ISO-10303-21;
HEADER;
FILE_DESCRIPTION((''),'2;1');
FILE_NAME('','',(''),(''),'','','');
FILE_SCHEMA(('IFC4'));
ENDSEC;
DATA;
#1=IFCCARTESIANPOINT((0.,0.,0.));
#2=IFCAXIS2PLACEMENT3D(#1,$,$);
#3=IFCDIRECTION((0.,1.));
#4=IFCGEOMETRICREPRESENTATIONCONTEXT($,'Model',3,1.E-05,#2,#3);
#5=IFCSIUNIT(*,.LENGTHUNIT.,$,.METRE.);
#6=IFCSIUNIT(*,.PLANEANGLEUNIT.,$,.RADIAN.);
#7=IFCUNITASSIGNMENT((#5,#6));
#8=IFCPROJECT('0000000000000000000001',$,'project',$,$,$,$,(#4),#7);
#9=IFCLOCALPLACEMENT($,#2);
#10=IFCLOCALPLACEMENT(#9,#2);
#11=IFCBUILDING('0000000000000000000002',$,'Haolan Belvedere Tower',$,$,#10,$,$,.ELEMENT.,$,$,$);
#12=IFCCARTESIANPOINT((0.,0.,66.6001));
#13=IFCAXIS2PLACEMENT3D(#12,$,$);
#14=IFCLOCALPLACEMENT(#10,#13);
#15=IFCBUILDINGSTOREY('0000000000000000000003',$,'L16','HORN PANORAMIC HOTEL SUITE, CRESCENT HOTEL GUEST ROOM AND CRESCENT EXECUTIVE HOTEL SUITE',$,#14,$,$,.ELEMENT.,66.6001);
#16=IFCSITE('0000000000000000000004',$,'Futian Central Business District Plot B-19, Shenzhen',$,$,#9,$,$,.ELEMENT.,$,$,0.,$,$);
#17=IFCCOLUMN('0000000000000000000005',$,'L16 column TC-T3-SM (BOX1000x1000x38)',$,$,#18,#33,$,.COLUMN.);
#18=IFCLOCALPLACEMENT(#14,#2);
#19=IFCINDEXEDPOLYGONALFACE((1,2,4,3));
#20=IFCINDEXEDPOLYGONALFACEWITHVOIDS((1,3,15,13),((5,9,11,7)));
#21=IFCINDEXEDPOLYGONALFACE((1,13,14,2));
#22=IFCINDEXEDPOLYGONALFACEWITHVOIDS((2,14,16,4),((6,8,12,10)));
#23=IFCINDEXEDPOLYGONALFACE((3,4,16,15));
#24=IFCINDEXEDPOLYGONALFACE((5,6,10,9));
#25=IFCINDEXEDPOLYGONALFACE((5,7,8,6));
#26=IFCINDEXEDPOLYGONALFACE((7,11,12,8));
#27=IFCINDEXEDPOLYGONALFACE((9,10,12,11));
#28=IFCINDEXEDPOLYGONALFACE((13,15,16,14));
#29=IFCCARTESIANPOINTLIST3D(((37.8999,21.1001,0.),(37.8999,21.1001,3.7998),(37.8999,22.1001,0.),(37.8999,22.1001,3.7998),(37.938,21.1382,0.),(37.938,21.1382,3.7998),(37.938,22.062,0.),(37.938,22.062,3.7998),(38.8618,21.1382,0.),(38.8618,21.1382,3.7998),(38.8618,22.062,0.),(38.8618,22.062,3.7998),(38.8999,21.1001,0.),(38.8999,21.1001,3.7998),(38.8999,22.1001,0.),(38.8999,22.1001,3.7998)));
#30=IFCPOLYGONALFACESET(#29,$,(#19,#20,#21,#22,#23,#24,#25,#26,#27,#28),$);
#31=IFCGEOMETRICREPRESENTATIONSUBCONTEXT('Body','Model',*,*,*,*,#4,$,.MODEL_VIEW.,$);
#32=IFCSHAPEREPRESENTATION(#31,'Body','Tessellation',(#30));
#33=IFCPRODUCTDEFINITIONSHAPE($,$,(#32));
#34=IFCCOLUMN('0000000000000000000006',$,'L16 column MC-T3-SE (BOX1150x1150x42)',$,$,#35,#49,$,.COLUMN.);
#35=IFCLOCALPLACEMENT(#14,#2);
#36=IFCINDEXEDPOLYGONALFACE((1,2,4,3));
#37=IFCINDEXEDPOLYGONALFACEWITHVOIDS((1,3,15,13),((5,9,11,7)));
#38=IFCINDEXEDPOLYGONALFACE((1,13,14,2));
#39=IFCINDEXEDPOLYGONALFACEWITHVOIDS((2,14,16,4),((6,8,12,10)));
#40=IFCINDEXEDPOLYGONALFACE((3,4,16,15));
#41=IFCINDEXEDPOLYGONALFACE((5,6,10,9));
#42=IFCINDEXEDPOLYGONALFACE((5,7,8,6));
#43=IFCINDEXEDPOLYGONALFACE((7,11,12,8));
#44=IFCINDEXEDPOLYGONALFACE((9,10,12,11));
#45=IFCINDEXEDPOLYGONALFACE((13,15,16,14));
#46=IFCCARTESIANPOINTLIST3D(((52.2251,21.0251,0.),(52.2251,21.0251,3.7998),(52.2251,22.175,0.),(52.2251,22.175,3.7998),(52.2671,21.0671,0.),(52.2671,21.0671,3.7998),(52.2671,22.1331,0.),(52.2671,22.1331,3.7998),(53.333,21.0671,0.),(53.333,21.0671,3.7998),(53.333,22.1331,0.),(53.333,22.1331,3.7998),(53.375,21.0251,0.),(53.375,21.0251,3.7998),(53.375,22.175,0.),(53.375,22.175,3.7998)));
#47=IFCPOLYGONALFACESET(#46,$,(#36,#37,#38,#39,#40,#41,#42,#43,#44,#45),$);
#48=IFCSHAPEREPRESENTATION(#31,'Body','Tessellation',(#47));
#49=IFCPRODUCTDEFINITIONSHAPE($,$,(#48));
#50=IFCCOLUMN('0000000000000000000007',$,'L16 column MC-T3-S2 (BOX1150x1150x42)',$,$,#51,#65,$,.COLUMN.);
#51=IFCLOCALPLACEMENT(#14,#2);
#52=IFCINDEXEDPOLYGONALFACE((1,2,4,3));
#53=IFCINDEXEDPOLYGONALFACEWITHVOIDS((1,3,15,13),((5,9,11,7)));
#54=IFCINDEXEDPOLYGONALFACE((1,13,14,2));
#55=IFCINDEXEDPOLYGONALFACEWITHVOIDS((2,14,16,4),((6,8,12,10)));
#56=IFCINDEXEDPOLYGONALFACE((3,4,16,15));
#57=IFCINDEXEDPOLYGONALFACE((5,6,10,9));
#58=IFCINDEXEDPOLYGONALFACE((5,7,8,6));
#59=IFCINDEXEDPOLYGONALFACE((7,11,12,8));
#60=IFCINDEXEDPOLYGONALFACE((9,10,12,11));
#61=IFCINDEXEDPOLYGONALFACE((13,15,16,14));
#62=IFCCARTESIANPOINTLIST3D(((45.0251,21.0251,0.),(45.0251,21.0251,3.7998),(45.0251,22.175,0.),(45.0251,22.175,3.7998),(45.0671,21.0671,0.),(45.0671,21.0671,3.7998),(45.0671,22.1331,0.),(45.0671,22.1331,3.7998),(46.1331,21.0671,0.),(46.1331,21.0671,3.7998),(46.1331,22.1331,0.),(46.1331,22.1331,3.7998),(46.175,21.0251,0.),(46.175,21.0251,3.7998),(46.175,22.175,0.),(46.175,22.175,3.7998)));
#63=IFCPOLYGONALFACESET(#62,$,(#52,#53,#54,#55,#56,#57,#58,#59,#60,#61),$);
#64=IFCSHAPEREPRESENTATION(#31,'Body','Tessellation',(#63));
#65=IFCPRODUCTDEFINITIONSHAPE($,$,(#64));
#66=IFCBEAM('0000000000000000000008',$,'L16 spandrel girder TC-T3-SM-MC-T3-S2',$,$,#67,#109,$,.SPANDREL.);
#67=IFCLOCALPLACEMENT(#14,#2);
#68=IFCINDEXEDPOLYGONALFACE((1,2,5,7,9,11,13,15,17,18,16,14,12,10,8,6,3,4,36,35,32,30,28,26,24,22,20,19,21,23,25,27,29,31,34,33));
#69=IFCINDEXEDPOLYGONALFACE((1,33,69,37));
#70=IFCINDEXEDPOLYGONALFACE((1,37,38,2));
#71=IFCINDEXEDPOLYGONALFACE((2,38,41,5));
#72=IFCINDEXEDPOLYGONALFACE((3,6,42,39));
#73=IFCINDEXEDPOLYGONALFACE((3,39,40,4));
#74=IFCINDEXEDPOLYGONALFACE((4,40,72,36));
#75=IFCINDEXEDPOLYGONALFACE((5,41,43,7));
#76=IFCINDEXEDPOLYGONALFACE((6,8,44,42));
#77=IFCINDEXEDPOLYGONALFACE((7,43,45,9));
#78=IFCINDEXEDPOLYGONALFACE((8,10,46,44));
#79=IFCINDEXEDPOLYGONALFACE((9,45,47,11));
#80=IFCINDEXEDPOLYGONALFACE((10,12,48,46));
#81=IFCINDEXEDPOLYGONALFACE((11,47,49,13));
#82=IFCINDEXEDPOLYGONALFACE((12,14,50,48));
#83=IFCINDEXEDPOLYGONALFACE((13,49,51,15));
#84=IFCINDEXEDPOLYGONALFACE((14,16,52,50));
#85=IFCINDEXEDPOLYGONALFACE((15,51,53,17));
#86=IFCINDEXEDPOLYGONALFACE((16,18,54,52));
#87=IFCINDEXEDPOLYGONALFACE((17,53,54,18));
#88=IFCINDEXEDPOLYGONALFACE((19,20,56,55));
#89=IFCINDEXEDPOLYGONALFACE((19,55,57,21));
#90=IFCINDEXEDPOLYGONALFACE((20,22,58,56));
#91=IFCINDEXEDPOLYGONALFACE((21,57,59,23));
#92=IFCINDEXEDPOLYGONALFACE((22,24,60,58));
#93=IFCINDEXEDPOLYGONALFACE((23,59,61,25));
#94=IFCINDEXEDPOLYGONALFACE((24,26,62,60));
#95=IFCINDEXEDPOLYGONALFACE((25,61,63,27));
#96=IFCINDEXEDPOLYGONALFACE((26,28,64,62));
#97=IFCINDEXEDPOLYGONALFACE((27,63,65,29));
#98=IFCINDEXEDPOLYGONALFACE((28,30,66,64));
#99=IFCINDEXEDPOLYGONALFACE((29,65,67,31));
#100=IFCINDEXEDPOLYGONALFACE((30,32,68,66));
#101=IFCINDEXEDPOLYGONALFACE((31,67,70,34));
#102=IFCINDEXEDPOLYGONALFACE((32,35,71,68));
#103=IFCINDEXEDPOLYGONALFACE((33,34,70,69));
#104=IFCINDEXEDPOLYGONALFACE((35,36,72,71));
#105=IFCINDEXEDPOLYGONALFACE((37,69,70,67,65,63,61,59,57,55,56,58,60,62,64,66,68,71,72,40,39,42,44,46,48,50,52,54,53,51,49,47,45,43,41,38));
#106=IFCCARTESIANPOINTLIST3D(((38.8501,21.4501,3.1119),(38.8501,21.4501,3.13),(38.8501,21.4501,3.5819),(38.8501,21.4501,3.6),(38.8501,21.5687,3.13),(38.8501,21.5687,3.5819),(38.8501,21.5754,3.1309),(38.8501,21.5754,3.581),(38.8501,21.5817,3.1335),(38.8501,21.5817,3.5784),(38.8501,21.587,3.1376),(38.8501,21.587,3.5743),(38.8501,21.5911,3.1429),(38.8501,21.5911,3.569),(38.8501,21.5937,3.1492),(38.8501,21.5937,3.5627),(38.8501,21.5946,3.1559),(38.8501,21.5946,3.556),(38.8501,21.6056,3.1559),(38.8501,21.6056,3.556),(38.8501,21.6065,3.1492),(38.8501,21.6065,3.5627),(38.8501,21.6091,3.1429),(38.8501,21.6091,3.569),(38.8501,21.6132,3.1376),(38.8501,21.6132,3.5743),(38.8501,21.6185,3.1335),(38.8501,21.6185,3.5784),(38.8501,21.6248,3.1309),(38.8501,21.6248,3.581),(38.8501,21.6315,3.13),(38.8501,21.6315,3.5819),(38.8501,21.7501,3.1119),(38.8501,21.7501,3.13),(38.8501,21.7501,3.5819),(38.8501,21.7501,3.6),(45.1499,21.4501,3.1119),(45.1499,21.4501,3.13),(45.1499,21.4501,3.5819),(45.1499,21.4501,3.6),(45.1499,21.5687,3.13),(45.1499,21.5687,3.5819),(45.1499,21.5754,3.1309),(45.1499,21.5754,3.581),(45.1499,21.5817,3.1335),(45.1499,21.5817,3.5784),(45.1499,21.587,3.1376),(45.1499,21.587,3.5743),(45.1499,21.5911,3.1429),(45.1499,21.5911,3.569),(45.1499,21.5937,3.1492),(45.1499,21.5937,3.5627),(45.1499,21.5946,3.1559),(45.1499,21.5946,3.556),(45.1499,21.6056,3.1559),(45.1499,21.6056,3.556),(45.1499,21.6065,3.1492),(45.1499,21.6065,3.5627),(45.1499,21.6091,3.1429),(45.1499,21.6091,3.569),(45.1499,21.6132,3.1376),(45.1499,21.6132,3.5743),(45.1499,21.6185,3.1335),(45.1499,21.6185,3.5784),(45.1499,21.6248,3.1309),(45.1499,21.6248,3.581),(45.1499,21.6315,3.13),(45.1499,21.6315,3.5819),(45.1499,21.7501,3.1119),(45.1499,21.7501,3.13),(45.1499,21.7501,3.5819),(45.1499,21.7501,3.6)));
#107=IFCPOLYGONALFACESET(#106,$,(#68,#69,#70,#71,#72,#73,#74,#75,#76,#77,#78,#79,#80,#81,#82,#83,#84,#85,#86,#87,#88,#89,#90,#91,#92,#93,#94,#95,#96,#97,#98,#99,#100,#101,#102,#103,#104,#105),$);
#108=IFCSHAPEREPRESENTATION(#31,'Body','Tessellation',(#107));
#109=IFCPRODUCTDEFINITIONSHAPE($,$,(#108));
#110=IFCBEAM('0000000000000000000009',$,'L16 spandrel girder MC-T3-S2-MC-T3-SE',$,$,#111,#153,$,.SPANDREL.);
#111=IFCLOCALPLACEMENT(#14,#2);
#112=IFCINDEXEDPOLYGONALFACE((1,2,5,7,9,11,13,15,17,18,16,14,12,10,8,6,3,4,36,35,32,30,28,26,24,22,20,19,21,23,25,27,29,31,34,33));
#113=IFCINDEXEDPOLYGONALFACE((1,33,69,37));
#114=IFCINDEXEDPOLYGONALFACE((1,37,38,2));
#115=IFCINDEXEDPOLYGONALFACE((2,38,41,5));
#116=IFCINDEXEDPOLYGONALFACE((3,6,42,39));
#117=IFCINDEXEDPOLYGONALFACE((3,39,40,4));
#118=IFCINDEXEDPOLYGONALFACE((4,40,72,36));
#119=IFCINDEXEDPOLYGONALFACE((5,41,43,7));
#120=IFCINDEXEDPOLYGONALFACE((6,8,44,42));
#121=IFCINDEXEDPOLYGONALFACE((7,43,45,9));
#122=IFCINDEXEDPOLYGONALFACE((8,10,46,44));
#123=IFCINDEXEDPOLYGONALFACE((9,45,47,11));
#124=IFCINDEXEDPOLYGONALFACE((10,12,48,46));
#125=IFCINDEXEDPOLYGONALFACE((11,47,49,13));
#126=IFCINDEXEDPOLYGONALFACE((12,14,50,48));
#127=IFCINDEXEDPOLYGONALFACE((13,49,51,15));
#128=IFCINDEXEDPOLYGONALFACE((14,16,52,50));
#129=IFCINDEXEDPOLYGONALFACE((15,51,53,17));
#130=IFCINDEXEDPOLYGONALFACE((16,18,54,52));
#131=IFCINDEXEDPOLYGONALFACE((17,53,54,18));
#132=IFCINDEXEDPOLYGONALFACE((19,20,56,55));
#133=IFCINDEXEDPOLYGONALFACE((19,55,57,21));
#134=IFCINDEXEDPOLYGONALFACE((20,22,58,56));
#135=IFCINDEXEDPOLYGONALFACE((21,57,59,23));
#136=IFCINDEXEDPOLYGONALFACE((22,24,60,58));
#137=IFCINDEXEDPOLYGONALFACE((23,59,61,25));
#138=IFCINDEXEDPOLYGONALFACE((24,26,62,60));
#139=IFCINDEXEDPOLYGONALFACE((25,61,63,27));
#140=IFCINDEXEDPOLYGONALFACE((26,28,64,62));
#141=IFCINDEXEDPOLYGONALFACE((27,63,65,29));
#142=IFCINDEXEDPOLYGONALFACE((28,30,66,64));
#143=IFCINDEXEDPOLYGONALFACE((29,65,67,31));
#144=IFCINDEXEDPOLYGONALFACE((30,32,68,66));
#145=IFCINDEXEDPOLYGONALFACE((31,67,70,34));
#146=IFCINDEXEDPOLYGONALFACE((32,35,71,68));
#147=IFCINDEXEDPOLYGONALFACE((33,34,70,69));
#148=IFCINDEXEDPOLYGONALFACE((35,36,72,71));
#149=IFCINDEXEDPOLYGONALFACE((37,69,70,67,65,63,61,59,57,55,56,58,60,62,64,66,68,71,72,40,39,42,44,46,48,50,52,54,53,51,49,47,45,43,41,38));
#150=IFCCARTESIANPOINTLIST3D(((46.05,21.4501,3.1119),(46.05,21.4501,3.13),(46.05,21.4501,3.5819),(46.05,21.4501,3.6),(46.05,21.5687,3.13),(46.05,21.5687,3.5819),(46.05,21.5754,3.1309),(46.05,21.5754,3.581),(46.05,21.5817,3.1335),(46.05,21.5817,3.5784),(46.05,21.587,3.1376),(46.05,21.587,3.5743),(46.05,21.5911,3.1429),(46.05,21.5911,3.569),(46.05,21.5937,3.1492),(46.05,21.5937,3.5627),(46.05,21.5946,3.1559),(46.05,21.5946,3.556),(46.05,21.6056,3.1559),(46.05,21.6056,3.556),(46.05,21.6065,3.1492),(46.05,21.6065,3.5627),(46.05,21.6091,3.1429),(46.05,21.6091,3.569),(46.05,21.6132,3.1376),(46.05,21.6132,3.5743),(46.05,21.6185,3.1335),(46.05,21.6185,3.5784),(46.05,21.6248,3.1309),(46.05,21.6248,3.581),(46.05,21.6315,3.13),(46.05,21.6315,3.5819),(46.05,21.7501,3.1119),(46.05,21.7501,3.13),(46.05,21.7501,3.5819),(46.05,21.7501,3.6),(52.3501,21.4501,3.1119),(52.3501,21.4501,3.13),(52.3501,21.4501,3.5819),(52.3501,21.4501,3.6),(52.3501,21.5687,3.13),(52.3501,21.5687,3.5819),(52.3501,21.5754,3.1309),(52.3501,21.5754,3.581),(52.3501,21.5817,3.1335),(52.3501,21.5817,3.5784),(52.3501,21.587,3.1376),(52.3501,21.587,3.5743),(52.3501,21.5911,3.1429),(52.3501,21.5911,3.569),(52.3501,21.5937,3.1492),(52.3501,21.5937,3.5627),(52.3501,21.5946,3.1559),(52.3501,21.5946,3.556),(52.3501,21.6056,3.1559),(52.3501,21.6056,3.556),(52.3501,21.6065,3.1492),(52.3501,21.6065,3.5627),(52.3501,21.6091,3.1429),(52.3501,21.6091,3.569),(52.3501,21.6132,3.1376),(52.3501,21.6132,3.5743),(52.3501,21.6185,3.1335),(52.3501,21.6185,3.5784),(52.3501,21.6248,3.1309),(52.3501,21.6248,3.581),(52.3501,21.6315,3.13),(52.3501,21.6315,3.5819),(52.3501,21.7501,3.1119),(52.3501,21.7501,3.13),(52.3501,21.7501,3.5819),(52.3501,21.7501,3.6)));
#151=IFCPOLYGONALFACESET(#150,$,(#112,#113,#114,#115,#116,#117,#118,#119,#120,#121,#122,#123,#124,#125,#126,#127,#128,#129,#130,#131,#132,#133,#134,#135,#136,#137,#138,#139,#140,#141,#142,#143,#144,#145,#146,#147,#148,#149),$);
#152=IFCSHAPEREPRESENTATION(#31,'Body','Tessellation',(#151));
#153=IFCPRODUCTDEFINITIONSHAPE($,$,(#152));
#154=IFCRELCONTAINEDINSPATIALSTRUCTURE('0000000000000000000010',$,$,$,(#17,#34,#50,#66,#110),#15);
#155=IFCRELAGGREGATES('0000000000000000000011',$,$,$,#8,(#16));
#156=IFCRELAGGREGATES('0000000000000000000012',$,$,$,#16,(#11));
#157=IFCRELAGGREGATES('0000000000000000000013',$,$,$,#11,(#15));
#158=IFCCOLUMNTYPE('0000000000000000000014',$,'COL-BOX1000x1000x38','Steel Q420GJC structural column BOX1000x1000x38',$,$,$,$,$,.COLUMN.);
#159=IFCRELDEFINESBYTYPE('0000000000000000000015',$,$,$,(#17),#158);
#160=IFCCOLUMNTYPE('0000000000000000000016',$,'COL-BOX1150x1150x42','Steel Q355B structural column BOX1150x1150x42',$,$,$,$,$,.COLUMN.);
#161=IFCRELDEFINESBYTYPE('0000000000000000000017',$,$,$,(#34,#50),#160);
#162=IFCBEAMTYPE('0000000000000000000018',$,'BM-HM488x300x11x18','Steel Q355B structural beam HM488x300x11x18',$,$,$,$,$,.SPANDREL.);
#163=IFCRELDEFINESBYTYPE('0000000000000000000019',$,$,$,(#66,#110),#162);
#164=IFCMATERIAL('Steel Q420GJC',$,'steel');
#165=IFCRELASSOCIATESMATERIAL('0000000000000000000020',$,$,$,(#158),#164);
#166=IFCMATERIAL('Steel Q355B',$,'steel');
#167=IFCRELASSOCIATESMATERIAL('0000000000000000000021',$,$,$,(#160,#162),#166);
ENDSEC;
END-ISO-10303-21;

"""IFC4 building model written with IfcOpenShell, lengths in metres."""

from ifc_helpers import new_model, si_unit, direction, frame, origin, origin_2d, place, context, subcontext, project, spatial, hollow_rectangle, i_section, extrude, material, material_profile, profile_set, type_object, element, save


model = new_model("IFC4")

# Units and contexts
model_context = context("Model", 3, precision=1e-05, world=origin(), true_north=direction((0.0, 1.0)))
body_context = subcontext(model_context, "Body", "Model", "MODEL_VIEW")
ifc_project = project(units=[si_unit("LENGTHUNIT", "METRE"), si_unit("PLANEANGLEUNIT", "RADIAN")], contexts=[model_context])

# Site, building, storey
site_placement = place(None, origin())
site = spatial("IfcSite", under=ifc_project, at=site_placement, Name="Futian Central Business District Plot B-19, Shenzhen", CompositionType="ELEMENT", RefElevation=0.0)
building_placement = place(site_placement, origin())
building = spatial("IfcBuilding", under=site, at=building_placement, Name="Haolan Belvedere Tower", CompositionType="ELEMENT")
storey_placement = place(building_placement, frame((0.0, 0.0, 66.6001)))
storey = spatial("IfcBuildingStorey", under=building, at=storey_placement, Name="L16", Description="HORN PANORAMIC HOTEL SUITE, CRESCENT HOTEL GUEST ROOM AND CRESCENT EXECUTIVE HOTEL SUITE", CompositionType="ELEMENT", Elevation=66.6001)

# Columns
ifc_material_1 = material(Name="Steel Q420GJC", Category="steel")
ifc_material_profile_1 = material_profile(ifc_material_1, hollow_rectangle(XDim=1.0, YDim=1.0, WallThickness=0.0381, at=origin_2d()), Name="Steel Q420GJC")
ifc_profile_set_1 = profile_set([ifc_material_profile_1], Name="Steel Q420GJC")
column_type_1 = type_object("IfcColumnType", Name="COL-BOX1000x1000x38", Description="Steel Q420GJC structural column BOX1000x1000x38", PredefinedType="COLUMN", material=ifc_profile_set_1)
column_placement = place(storey_placement, frame((38.3999, 21.6001, 0.0), z_axis=(0.0, 0.0, 1.0), x_axis=(1.0, 0.0, 0.0)))
element("IfcColumn", 1, at=column_placement, inside=storey, type_object=column_type_1, Name="L16 column TC-T3-SM (BOX1000x1000x38)", PredefinedType="COLUMN", context=body_context, shape_type="SweptSolid", body=[
    extrude(hollow_rectangle(XDim=1.0, YDim=1.0, WallThickness=0.0381, at=origin_2d()), origin(), (0.0, 0.0, 1.0), 3.7998),
])
ifc_material_2 = material(Name="Steel Q355B", Category="steel")
ifc_material_profile_2 = material_profile(ifc_material_2, hollow_rectangle(XDim=1.1499, YDim=1.1499, WallThickness=0.042, at=origin_2d()), Name="Steel Q355B")
ifc_profile_set_2 = profile_set([ifc_material_profile_2], Name="Steel Q355B")
column_type_2 = type_object("IfcColumnType", Name="COL-BOX1150x1150x42", Description="Steel Q355B structural column BOX1150x1150x42", PredefinedType="COLUMN", material=ifc_profile_set_2)
for number, where, z_axis, x_axis, name in (
    (2, (52.8, 21.6001, 0.0), (0.0, 0.0, 1.0), (1.0, 0.0, 0.0), "L16 column MC-T3-SE (BOX1150x1150x42)"),
    (3, (45.6001, 21.6001, 0.0), (0.0, 0.0, 1.0), (1.0, 0.0, 0.0), "L16 column MC-T3-S2 (BOX1150x1150x42)"),
):
    element("IfcColumn", number, at=place(storey_placement, frame(where, z_axis=z_axis, x_axis=x_axis)), inside=storey, type_object=column_type_2, Name=name, PredefinedType="COLUMN", context=body_context, shape_type="SweptSolid", body=[
        extrude(hollow_rectangle(XDim=1.1499, YDim=1.1499, WallThickness=0.042, at=origin_2d()), origin(), (0.0, 0.0, 1.0), 3.7998),
    ])

# Beams
ifc_material_profile_3 = material_profile(ifc_material_2, i_section(OverallWidth=0.3, OverallDepth=0.488, WebThickness=0.011, FlangeThickness=0.0181, FilletRadius=0.0259, at=origin_2d()), Name="Steel Q355B")
ifc_profile_set_3 = profile_set([ifc_material_profile_3], Name="Steel Q355B")
beam_type_1 = type_object("IfcBeamType", Name="BM-HM488x300x11x18", Description="Steel Q355B structural beam HM488x300x11x18", PredefinedType="SPANDREL", material=ifc_profile_set_3)
beam_1_placement = place(storey_placement, frame((38.8501, 21.6001, 3.356), z_axis=(1.0, 0.0, 0.0), x_axis=(0.0, 1.0, 0.0)))
element("IfcBeam", 4, at=beam_1_placement, inside=storey, type_object=beam_type_1, Name="L16 spandrel girder TC-T3-SM-MC-T3-S2", PredefinedType="SPANDREL", context=body_context, shape_type="SweptSolid", body=[
    extrude(i_section(OverallWidth=0.3, OverallDepth=0.488, WebThickness=0.011, FlangeThickness=0.0181, FilletRadius=0.0259, at=origin_2d()), origin(), (0.0, 0.0, 1.0), 6.2998),
])
beam_2_placement = place(storey_placement, frame((46.05, 21.6001, 3.356), z_axis=(1.0, 0.0, 0.0), x_axis=(0.0, 1.0, 0.0)))
element("IfcBeam", 5, at=beam_2_placement, inside=storey, type_object=beam_type_1, Name="L16 spandrel girder MC-T3-S2-MC-T3-SE", PredefinedType="SPANDREL", context=body_context, shape_type="SweptSolid", body=[
    extrude(i_section(OverallWidth=0.3, OverallDepth=0.488, WebThickness=0.011, FlangeThickness=0.0181, FilletRadius=0.0259, at=origin_2d()), origin(), (0.0, 0.0, 1.0), 6.3),
])

save(model, "model.ifc")
